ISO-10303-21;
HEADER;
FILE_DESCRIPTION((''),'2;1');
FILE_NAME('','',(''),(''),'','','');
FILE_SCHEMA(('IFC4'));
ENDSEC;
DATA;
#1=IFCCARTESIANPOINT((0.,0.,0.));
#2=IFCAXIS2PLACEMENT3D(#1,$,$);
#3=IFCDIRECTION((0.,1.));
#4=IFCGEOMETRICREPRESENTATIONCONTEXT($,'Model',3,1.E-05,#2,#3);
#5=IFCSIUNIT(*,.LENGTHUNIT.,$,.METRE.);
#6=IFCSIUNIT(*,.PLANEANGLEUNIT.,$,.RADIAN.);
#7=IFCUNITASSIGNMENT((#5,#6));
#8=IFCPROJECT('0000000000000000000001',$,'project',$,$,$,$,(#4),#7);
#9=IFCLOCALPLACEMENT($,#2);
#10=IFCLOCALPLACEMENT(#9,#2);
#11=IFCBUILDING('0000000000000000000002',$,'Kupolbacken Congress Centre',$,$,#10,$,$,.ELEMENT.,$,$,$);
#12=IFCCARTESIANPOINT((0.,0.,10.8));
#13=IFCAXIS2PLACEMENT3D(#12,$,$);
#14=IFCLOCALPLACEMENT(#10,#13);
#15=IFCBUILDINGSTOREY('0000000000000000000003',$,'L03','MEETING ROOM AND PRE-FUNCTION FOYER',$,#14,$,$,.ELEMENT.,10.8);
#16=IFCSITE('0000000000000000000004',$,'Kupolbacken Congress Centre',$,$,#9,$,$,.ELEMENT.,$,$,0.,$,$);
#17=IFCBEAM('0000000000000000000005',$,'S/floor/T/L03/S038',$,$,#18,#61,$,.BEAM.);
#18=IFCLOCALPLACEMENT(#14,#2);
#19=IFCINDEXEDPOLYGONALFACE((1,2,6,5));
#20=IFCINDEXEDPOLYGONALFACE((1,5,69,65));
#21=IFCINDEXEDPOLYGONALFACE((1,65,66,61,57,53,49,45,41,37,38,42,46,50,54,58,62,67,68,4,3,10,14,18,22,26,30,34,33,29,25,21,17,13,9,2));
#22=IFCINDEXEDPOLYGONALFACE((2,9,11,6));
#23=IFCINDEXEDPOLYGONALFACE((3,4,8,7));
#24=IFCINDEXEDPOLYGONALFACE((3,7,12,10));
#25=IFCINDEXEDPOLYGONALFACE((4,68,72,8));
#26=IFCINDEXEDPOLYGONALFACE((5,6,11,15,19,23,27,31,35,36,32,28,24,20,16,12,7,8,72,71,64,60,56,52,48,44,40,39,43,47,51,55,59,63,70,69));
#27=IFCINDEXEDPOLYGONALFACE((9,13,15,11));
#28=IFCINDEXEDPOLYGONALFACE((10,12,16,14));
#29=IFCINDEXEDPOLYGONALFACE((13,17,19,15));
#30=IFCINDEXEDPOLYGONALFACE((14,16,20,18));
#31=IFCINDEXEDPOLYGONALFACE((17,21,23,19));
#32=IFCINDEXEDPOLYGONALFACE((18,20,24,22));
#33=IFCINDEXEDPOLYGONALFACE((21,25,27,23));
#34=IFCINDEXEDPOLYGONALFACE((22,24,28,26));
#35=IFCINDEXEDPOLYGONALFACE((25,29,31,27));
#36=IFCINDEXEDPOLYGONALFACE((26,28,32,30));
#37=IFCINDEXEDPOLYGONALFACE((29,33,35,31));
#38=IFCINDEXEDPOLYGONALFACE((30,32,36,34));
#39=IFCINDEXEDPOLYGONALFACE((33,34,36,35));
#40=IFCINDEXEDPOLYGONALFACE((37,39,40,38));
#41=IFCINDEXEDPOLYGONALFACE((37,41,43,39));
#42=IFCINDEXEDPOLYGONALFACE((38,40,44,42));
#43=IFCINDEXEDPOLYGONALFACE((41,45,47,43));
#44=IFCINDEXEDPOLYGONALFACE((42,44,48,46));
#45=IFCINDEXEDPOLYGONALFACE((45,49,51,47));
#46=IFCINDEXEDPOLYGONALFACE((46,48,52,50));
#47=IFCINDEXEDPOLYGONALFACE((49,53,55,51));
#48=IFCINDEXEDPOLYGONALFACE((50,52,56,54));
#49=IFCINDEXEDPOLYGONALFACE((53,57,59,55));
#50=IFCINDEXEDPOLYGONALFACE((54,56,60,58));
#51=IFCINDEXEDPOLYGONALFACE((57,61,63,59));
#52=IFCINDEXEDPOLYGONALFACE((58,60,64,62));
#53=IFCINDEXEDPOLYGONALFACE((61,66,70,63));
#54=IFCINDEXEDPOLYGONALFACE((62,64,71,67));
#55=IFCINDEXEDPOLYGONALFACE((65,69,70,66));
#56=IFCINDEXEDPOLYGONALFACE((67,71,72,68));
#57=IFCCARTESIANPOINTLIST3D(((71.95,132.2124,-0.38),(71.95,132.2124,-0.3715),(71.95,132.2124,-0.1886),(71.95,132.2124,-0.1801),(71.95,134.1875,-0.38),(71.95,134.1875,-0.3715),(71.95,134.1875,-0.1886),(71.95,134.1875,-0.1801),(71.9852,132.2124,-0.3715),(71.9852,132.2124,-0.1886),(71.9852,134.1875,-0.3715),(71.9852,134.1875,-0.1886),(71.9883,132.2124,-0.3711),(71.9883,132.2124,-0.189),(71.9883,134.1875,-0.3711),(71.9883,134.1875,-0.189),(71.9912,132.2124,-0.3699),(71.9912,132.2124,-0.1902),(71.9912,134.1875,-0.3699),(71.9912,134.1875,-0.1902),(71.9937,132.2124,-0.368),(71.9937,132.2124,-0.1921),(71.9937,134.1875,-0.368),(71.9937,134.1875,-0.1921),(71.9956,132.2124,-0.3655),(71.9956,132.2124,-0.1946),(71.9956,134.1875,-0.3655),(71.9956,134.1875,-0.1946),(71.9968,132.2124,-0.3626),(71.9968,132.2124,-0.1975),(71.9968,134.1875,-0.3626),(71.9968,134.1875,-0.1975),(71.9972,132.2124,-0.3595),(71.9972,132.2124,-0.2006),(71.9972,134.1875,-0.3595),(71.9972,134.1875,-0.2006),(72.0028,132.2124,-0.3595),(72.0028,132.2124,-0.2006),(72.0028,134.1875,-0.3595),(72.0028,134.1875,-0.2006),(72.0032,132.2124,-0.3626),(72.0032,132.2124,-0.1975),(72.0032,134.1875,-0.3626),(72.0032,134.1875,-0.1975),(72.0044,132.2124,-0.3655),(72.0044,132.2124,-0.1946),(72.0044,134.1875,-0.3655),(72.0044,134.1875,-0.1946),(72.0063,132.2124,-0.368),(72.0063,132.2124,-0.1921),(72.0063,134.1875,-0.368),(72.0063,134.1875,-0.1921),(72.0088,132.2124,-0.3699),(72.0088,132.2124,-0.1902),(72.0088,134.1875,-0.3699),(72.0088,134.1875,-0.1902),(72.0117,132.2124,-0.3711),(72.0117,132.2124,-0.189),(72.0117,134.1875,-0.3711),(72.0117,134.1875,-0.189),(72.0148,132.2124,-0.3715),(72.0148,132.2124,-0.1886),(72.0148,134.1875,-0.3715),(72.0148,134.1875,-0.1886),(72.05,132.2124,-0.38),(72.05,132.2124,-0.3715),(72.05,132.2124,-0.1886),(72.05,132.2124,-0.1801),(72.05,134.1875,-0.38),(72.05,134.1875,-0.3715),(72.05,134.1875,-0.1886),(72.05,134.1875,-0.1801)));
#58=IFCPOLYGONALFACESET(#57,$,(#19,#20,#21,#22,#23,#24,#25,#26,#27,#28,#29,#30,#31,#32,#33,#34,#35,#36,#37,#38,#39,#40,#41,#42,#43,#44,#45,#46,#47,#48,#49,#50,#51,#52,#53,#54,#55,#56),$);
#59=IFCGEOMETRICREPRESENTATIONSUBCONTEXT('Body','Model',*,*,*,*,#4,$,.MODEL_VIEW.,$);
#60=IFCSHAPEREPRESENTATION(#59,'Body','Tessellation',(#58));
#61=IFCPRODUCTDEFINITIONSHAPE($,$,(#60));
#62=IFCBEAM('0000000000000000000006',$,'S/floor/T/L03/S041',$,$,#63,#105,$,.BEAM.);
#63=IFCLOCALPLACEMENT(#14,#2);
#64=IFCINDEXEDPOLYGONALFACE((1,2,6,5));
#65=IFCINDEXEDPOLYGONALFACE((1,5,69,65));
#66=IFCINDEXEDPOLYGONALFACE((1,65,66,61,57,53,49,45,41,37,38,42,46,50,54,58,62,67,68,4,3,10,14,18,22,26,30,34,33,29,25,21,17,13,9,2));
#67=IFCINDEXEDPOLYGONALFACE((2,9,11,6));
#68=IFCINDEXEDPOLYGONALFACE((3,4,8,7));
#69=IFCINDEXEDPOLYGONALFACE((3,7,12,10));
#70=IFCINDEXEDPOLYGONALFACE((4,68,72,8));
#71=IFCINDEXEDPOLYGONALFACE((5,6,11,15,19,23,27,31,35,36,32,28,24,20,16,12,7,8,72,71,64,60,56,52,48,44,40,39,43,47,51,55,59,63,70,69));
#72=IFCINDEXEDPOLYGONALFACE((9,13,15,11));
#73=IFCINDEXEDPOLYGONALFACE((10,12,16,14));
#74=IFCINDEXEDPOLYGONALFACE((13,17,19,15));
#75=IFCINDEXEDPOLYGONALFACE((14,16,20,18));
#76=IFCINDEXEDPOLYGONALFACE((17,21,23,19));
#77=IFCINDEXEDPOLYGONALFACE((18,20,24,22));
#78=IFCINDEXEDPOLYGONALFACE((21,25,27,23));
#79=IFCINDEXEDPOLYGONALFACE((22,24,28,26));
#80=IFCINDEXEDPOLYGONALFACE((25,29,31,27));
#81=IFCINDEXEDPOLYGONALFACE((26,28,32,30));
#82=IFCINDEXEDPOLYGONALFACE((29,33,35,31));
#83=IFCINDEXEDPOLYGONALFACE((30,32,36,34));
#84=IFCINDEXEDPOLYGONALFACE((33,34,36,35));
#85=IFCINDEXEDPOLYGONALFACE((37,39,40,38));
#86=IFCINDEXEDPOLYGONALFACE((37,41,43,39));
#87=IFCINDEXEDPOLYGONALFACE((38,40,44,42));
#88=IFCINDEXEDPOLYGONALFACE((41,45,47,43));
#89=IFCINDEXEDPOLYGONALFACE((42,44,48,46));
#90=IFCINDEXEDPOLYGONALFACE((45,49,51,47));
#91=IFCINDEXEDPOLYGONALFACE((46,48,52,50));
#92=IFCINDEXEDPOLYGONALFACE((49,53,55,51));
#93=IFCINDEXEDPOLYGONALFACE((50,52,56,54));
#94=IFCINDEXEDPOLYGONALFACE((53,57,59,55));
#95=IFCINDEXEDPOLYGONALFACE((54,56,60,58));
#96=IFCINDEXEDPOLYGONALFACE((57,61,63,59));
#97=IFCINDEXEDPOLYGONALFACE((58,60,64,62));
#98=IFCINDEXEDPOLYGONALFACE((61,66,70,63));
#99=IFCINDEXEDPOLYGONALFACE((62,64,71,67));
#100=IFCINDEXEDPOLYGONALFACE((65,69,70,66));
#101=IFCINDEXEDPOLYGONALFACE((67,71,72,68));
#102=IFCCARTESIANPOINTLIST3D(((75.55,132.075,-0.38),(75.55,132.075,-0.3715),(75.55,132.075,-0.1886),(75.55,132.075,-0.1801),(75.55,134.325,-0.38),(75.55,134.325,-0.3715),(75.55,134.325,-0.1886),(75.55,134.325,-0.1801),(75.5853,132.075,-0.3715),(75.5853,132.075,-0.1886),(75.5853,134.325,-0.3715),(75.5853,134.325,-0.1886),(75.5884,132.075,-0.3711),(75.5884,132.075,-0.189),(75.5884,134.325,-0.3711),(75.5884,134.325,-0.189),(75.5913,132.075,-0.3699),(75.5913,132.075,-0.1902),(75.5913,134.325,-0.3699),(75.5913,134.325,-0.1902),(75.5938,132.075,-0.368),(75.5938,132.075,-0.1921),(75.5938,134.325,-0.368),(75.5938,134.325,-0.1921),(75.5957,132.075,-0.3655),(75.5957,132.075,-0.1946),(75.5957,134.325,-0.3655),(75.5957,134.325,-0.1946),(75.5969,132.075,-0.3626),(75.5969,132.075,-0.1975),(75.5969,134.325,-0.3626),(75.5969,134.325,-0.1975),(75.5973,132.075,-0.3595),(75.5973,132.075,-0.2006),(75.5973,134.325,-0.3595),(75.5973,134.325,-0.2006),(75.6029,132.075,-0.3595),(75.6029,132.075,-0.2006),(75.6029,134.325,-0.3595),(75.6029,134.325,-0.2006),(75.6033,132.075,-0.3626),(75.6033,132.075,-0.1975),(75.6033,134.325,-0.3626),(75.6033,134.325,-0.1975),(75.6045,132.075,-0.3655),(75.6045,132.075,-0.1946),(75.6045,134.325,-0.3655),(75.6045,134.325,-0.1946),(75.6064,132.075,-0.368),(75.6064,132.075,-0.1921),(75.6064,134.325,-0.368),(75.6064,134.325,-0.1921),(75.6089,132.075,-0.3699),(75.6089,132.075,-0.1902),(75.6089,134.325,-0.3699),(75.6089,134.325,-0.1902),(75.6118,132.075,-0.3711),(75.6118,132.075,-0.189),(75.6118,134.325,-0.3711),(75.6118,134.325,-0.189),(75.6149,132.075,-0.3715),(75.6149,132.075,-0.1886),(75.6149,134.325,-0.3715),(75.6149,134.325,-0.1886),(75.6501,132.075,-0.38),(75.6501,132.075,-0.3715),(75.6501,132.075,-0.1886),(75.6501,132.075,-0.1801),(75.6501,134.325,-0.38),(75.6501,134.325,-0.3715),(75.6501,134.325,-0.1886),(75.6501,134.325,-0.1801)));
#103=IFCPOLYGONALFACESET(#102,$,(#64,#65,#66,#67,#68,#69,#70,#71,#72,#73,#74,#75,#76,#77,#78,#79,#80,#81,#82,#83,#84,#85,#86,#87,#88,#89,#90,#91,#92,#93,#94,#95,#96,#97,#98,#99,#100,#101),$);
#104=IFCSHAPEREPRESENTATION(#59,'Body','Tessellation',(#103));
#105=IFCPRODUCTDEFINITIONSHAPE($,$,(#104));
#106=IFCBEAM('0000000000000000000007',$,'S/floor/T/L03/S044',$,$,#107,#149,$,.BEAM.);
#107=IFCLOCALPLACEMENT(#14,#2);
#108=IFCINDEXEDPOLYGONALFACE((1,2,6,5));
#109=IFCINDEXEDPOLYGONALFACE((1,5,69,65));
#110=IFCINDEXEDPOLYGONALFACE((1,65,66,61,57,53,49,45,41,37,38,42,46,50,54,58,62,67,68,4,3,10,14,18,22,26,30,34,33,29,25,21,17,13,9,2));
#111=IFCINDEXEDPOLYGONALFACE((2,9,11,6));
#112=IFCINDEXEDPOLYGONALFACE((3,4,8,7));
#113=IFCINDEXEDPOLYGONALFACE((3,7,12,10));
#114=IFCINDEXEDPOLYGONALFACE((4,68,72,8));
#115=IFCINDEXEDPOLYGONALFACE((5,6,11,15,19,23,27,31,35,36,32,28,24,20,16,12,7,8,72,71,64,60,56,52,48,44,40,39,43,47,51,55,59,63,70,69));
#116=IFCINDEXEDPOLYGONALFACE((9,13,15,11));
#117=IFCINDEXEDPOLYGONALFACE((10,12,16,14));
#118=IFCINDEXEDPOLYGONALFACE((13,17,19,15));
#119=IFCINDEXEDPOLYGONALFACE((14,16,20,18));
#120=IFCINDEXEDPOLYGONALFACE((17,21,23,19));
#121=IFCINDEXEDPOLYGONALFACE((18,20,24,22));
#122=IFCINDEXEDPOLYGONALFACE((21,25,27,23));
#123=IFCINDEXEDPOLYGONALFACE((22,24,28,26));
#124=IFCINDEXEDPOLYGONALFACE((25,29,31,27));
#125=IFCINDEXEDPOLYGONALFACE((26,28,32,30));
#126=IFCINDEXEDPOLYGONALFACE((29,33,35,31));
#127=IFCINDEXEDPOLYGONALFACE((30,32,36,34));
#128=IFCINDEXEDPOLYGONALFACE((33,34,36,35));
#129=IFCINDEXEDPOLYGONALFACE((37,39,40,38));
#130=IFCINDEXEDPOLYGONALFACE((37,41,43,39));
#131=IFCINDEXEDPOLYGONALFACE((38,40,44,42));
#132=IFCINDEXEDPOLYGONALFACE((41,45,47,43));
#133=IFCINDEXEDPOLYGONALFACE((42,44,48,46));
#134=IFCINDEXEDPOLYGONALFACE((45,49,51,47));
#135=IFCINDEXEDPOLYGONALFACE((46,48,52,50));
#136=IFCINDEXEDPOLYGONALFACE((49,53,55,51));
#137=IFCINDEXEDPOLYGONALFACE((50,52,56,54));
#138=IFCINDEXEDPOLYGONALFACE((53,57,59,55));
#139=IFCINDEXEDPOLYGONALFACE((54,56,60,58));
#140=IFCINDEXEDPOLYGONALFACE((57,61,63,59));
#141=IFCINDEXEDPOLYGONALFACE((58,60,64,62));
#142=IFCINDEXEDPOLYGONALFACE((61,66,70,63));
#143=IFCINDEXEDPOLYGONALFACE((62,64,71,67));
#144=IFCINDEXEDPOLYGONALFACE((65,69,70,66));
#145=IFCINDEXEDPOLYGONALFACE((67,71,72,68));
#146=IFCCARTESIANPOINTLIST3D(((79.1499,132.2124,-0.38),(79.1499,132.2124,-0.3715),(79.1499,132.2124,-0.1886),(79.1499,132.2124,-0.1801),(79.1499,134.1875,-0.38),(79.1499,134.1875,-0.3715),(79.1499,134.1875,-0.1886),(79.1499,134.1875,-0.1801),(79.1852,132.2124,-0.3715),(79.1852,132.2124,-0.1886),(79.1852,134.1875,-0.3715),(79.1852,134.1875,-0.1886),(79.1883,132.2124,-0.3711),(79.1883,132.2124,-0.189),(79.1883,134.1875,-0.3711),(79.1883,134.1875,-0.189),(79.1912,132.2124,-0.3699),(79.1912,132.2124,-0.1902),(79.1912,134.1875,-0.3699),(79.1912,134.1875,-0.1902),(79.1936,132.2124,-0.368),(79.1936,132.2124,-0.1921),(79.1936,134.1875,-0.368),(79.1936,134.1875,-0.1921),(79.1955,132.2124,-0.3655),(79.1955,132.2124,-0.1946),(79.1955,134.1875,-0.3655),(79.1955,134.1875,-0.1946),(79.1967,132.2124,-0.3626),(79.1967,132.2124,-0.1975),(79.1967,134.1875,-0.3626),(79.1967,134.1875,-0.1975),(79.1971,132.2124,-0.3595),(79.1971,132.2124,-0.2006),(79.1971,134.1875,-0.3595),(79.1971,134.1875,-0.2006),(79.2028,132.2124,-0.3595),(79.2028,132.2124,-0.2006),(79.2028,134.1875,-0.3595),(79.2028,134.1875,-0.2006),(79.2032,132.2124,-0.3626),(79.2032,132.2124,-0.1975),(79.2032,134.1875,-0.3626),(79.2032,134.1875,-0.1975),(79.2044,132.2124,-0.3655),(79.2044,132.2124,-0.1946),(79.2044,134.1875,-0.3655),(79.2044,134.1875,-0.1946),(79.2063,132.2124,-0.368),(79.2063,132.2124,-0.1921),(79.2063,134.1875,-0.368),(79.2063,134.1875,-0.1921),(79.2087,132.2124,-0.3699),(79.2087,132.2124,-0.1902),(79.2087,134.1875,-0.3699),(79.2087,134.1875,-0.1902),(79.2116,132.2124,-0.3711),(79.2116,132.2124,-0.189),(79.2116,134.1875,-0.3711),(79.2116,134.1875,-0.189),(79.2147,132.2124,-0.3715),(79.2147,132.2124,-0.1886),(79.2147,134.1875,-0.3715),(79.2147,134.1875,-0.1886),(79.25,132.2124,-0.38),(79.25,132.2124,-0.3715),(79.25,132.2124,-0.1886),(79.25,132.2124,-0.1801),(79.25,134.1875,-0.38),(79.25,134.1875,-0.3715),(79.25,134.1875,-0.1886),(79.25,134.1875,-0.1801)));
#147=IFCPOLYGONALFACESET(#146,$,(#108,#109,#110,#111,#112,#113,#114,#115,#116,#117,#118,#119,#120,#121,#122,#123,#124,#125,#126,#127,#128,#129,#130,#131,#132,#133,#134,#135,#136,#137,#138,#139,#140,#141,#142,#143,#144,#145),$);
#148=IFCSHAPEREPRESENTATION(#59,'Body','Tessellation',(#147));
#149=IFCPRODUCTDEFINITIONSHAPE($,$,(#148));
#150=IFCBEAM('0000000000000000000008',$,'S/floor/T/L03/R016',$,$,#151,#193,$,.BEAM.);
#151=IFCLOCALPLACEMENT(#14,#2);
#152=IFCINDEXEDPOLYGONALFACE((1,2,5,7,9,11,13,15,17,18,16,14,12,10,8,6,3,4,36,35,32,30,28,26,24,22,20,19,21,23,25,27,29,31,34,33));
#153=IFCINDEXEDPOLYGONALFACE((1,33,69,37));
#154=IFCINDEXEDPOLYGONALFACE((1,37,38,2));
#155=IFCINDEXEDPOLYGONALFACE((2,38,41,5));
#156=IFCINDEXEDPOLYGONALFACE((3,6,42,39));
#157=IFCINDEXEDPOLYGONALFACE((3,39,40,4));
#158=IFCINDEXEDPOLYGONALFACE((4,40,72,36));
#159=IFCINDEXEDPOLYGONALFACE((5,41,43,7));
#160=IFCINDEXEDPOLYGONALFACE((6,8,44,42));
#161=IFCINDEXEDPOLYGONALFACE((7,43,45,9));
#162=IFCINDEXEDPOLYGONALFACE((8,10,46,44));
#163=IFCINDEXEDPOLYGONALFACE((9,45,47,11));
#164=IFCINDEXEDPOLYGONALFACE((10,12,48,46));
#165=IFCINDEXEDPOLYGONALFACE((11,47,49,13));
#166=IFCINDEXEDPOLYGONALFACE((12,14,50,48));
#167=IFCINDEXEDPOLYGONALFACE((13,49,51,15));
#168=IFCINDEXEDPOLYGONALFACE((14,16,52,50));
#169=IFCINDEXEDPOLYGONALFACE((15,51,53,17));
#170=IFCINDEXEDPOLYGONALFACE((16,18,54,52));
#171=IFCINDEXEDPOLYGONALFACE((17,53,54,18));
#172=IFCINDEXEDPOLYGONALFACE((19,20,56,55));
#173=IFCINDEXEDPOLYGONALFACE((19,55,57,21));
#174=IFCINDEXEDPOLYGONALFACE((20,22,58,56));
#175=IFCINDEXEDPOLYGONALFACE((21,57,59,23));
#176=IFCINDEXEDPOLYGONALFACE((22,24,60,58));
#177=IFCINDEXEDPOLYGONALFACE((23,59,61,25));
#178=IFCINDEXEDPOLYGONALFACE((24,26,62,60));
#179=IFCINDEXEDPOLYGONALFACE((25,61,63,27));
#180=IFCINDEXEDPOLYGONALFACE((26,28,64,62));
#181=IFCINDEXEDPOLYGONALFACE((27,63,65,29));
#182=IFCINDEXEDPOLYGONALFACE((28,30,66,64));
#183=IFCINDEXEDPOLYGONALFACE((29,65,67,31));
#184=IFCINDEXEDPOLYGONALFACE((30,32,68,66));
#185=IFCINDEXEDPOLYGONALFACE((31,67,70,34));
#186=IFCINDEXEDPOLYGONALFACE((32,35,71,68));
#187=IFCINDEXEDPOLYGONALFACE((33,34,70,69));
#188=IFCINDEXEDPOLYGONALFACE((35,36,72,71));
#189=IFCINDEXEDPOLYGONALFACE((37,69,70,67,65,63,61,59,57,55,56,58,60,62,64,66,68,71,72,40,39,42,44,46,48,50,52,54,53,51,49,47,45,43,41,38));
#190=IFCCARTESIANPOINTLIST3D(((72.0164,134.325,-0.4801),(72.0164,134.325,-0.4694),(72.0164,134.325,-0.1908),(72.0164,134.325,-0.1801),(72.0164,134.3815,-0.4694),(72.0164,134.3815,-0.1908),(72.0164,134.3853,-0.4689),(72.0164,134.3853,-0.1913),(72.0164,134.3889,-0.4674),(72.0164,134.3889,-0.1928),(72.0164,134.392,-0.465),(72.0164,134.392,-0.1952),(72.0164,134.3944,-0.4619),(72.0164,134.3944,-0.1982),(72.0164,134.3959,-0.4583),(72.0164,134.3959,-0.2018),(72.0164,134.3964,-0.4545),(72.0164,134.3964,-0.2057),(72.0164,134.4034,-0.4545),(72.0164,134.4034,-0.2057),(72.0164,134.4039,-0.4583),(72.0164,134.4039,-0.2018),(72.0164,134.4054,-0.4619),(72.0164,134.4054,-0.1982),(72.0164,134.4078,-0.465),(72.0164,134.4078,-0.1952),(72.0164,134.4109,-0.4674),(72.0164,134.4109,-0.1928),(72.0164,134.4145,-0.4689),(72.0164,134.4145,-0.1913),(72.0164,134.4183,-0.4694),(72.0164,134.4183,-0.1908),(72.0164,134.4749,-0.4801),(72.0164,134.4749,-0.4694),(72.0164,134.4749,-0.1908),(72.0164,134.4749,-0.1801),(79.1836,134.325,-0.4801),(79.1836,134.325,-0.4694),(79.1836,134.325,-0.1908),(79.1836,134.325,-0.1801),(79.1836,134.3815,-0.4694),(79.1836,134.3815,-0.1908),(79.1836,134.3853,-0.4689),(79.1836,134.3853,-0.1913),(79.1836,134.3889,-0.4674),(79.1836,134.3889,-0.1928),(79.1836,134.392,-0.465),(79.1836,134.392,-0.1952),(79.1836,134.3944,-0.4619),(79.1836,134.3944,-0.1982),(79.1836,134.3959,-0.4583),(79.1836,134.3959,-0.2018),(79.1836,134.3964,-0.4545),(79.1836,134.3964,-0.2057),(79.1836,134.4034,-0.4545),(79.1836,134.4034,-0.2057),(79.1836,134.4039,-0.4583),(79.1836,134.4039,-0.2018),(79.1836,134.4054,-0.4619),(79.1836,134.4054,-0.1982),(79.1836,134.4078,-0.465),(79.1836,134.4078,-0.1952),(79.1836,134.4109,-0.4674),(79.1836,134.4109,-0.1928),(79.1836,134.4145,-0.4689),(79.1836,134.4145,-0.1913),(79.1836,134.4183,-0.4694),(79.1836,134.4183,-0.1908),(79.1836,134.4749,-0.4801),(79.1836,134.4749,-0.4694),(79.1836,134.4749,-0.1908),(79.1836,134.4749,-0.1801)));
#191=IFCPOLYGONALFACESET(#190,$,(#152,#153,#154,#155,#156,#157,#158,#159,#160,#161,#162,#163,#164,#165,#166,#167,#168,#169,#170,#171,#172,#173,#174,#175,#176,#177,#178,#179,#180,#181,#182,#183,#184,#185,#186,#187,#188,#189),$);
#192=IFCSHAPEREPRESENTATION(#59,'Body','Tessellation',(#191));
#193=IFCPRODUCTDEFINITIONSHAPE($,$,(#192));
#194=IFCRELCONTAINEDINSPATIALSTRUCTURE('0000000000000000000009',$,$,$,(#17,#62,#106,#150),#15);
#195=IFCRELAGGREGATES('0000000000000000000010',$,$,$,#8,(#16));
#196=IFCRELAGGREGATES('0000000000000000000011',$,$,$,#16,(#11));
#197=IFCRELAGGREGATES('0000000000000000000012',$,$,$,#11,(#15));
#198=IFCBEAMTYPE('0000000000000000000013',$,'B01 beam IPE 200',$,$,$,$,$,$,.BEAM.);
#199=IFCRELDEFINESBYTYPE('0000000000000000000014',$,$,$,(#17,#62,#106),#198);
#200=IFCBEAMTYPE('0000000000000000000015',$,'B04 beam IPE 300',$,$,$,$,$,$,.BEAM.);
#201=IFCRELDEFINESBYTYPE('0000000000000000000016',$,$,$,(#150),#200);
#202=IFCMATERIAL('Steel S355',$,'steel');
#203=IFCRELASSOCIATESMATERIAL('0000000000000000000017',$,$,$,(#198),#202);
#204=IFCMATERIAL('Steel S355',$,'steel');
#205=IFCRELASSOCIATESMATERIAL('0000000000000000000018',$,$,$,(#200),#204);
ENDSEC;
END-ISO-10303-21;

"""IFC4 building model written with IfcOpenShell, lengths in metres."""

from ifc_helpers import new_model, si_unit, direction, frame, origin, origin_2d, place, context, subcontext, project, spatial, i_section, extrude, material, material_profile, profile_set, type_object, element, save


model = new_model("IFC4")

# Units and contexts
model_context = context("Model", 3, precision=1e-05, world=origin(), true_north=direction((0.0, 1.0)))
body_context = subcontext(model_context, "Body", "Model", "MODEL_VIEW")
ifc_project = project(units=[si_unit("LENGTHUNIT", "METRE"), si_unit("PLANEANGLEUNIT", "RADIAN")], contexts=[model_context])

# Site, building, storey
site_placement = place(None, origin())
site = spatial("IfcSite", under=ifc_project, at=site_placement, Name="Kupolbacken Congress Centre", CompositionType="ELEMENT", RefElevation=0.0)
building_placement = place(site_placement, origin())
building = spatial("IfcBuilding", under=site, at=building_placement, Name="Kupolbacken Congress Centre", CompositionType="ELEMENT")
storey_placement = place(building_placement, frame((0.0, 0.0, 10.8)))
storey = spatial("IfcBuildingStorey", under=building, at=storey_placement, Name="L03", Description="MEETING ROOM AND PRE-FUNCTION FOYER", CompositionType="ELEMENT", Elevation=10.8)

# Beams
ifc_material_1 = material(Name="Steel S355", Category="steel")
ifc_material_profile_1 = material_profile(ifc_material_1, i_section(OverallWidth=0.1001, OverallDepth=0.2, WebThickness=0.0056, FlangeThickness=0.0085, FilletRadius=0.012, at=origin_2d()), Name="IPE 200")
ifc_profile_set_1 = profile_set([ifc_material_profile_1], Name="Steel S355")
beam_type_1 = type_object("IfcBeamType", Name="B01 beam IPE 200", PredefinedType="BEAM", material=ifc_profile_set_1)
beam_1_placement = place(storey_placement, frame((72.0, 132.2124, -0.28), z_axis=(0.0, 1.0, 0.0), x_axis=(-1.0, 0.0, 0.0)))
element("IfcBeam", 1, at=beam_1_placement, inside=storey, type_object=beam_type_1, Name="S/floor/T/L03/S038", PredefinedType="BEAM", context=body_context, shape_type="SweptSolid", body=[
    extrude(i_section(OverallWidth=0.1001, OverallDepth=0.2, WebThickness=0.0056, FlangeThickness=0.0085, FilletRadius=0.012, at=origin_2d()), origin(), (0.0, 0.0, 1.0), 1.9751),
])
beam_2_placement = place(storey_placement, frame((75.6001, 132.075, -0.28), z_axis=(0.0, 1.0, 0.0), x_axis=(-1.0, 0.0, 0.0)))
element("IfcBeam", 2, at=beam_2_placement, inside=storey, type_object=beam_type_1, Name="S/floor/T/L03/S041", PredefinedType="BEAM", context=body_context, shape_type="SweptSolid", body=[
    extrude(i_section(OverallWidth=0.1001, OverallDepth=0.2, WebThickness=0.0056, FlangeThickness=0.0085, FilletRadius=0.012, at=origin_2d()), origin(), (0.0, 0.0, 1.0), 2.25),
])
beam_3_placement = place(storey_placement, frame((79.2, 132.2124, -0.28), z_axis=(0.0, 1.0, 0.0), x_axis=(-1.0, 0.0, 0.0)))
element("IfcBeam", 3, at=beam_3_placement, inside=storey, type_object=beam_type_1, Name="S/floor/T/L03/S044", PredefinedType="BEAM", context=body_context, shape_type="SweptSolid", body=[
    extrude(i_section(OverallWidth=0.1001, OverallDepth=0.2, WebThickness=0.0056, FlangeThickness=0.0085, FilletRadius=0.012, at=origin_2d()), origin(), (0.0, 0.0, 1.0), 1.9751),
])
ifc_material_2 = material(Name="Steel S355", Category="steel")
ifc_material_profile_2 = material_profile(ifc_material_2, i_section(OverallWidth=0.1499, OverallDepth=0.3, WebThickness=0.0071, FlangeThickness=0.0107, FilletRadius=0.0149, at=origin_2d()), Name="IPE 300")
ifc_profile_set_2 = profile_set([ifc_material_profile_2], Name="Steel S355")
beam_type_2 = type_object("IfcBeamType", Name="B04 beam IPE 300", PredefinedType="BEAM", material=ifc_profile_set_2)
for number, where, z_axis, x_axis, name in (
    (4, (72.0164, 134.3999, -0.3301), (1.0, 0.0, 0.0), (0.0, 1.0, 0.0), "S/floor/T/L03/R016"),
):
    element("IfcBeam", number, at=place(storey_placement, frame(where, z_axis=z_axis, x_axis=x_axis)), inside=storey, type_object=beam_type_2, Name=name, PredefinedType="BEAM", context=body_context, shape_type="SweptSolid", body=[
        extrude(i_section(OverallWidth=0.1499, OverallDepth=0.3, WebThickness=0.0071, FlangeThickness=0.0107, FilletRadius=0.0149, at=origin_2d()), origin(), (0.0, 0.0, 1.0), 7.1672),
    ])

save(model, "model.ifc")
